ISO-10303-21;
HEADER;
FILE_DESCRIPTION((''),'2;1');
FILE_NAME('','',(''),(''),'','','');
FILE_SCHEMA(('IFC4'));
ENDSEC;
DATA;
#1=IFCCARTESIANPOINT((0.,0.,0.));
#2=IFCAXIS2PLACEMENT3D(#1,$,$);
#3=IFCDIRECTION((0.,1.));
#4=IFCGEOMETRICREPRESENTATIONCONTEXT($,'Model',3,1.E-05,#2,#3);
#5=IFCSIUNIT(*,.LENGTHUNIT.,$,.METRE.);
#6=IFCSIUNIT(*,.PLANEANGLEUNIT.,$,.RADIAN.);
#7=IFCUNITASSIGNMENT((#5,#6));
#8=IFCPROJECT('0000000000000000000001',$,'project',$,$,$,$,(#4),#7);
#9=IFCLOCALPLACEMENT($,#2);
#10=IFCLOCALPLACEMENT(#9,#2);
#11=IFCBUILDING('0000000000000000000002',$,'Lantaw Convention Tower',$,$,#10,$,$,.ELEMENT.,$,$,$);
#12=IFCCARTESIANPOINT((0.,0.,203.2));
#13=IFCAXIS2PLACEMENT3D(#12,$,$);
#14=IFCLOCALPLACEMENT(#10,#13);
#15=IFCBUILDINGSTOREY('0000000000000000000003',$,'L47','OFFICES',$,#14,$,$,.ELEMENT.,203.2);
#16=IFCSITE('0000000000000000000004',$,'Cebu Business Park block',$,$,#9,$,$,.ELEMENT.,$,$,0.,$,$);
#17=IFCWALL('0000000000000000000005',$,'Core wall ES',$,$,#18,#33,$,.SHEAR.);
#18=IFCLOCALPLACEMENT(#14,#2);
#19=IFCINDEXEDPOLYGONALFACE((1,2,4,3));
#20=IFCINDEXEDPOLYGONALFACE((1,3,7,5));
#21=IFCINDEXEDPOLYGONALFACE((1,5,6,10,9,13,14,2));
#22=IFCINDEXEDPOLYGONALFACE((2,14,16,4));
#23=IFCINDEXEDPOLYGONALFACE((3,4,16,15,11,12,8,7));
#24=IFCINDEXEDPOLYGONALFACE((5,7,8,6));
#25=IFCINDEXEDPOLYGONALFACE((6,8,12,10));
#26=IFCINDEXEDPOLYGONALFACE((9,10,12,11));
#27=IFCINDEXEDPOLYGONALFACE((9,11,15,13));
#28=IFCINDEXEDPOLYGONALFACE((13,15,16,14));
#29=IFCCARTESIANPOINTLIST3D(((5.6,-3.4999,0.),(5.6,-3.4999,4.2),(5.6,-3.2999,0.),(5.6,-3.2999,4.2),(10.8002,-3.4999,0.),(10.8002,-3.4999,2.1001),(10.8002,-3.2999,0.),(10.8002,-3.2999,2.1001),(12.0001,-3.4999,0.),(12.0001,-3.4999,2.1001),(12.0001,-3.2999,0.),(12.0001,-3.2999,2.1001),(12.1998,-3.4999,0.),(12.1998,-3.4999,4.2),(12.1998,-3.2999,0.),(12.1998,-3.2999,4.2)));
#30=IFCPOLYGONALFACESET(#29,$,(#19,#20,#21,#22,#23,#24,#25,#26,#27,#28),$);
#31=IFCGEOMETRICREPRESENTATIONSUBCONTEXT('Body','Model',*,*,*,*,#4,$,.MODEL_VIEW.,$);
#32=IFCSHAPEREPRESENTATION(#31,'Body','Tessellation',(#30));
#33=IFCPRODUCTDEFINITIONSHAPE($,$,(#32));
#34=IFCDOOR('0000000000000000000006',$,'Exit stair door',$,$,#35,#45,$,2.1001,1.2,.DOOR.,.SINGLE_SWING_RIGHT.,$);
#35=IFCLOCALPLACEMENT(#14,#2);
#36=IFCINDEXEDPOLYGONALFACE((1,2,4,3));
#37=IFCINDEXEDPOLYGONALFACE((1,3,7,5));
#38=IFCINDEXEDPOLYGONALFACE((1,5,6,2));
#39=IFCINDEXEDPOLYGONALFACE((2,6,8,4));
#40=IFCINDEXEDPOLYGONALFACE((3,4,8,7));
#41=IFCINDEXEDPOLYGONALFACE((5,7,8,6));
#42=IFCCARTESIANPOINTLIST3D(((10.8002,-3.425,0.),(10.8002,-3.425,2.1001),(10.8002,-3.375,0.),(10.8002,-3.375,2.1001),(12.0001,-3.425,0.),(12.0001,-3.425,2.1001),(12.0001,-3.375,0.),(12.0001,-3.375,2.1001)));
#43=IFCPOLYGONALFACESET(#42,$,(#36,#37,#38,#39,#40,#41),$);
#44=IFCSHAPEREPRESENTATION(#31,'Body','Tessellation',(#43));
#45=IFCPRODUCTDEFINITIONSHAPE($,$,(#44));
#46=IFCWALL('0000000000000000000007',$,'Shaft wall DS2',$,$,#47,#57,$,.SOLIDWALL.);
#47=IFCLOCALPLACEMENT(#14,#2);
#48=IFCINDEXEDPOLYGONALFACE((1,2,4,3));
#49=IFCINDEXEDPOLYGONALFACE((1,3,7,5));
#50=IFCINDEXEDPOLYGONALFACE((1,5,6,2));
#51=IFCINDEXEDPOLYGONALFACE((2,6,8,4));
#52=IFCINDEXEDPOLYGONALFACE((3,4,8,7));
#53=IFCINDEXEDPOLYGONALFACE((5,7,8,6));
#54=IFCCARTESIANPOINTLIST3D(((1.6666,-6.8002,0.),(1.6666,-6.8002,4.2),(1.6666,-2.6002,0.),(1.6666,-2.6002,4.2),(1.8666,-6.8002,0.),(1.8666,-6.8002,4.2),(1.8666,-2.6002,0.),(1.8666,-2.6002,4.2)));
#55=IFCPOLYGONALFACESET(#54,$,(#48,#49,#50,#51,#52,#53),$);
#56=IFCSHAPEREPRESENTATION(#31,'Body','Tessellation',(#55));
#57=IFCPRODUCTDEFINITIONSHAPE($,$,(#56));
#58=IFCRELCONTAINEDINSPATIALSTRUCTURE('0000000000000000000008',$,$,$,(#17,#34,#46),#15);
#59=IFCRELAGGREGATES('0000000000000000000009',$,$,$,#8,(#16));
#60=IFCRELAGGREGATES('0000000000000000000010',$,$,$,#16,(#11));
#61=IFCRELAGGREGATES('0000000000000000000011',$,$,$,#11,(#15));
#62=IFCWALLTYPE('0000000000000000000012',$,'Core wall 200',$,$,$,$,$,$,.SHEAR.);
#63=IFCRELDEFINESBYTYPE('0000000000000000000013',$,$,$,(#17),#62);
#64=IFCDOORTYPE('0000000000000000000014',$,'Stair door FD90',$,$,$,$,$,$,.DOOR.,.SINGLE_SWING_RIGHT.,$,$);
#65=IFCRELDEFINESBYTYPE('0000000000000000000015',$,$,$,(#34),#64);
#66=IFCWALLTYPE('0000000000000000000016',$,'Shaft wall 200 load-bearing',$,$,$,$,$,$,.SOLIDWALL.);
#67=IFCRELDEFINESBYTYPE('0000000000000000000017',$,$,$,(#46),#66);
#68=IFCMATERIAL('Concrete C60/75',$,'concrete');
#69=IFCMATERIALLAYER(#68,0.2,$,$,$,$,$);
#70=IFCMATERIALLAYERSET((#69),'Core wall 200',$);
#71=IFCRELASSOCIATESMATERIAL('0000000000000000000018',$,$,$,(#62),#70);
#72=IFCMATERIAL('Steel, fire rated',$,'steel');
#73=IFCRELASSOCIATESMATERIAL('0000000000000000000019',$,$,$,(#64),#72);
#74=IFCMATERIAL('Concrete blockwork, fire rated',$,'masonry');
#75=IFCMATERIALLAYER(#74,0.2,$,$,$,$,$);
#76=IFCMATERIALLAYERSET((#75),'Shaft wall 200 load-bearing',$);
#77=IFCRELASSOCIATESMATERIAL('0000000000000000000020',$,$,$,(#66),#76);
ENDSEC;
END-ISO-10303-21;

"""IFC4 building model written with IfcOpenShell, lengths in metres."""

from ifc_helpers import new_model, si_unit, direction, frame, frame_2d, origin, place, context, subcontext, project, spatial, rectangle, extrude, material, layer, layer_set, type_object, element, fill, save


model = new_model("IFC4")

# Units and contexts
model_context = context("Model", 3, precision=1e-05, world=origin(), true_north=direction((0.0, 1.0)))
body_context = subcontext(model_context, "Body", "Model", "MODEL_VIEW")
ifc_project = project(units=[si_unit("LENGTHUNIT", "METRE"), si_unit("PLANEANGLEUNIT", "RADIAN")], contexts=[model_context])

# Site, building, storey
site_placement = place(None, origin())
site = spatial("IfcSite", under=ifc_project, at=site_placement, Name="Cebu Business Park block", CompositionType="ELEMENT", RefElevation=0.0)
building_placement = place(site_placement, origin())
building = spatial("IfcBuilding", under=site, at=building_placement, Name="Lantaw Convention Tower", CompositionType="ELEMENT")
storey_placement = place(building_placement, frame((0.0, 0.0, 203.2)))
storey = spatial("IfcBuildingStorey", under=building, at=storey_placement, Name="L47", Description="OFFICES", CompositionType="ELEMENT", Elevation=203.2)

# Wall, opening, door
ifc_material_1 = material(Name="Concrete C60/75", Category="concrete")
ifc_layer_1 = layer(ifc_material_1, 0.2)
ifc_layer_set_1 = layer_set([ifc_layer_1], Name="Core wall 200")
wall_type_1 = type_object("IfcWallType", Name="Core wall 200", PredefinedType="SHEAR", material=ifc_layer_set_1)
wall_1_placement = place(storey_placement, frame((5.6001, -3.3999, 0.0), z_axis=(0.0, 0.0, 1.0), x_axis=(1.0, 0.0, 0.0)))
wall_1 = element("IfcWall", 1, at=wall_1_placement, inside=storey, type_object=wall_type_1, Name="Core wall ES", PredefinedType="SHEAR", context=body_context, shape_type="SweptSolid", body=[
    extrude(rectangle(XDim=6.5999, YDim=0.2, at=frame_2d((3.2998, 0.0))), origin(), (0.0, 0.0, 1.0), 4.2),
])
opening_placement = place(wall_1_placement, frame((5.2, 0.0, 0.0)))
opening = element("IfcOpeningElement", 2, at=opening_placement, cuts=wall_1, PredefinedType="OPENING", context=body_context, shape_type="SweptSolid", body=[
    extrude(rectangle(XDim=1.2, YDim=2.1001, at=frame_2d((0.6001, 1.05))), frame((0.0, 0.1099, 0.0), z_axis=(0.0, -1.0, 0.0), x_axis=(1.0, 0.0, 0.0)), (0.0, 0.0, 1.0), 0.22),
])
ifc_material_2 = material(Name="Steel, fire rated", Category="steel")
door_type = type_object("IfcDoorType", Name="Stair door FD90", OperationType="SINGLE_SWING_RIGHT", PredefinedType="DOOR", material=ifc_material_2)
door_placement = place(opening_placement, origin())
door = element("IfcDoor", 3, at=door_placement, inside=storey, type_object=door_type, Name="Exit stair door", OperationType="SINGLE_SWING_RIGHT", OverallHeight=2.1001, OverallWidth=1.2, PredefinedType="DOOR", context=body_context, shape_type="SweptSolid", body=[
    extrude(rectangle(XDim=1.2, YDim=2.1001, at=frame_2d((0.6001, 1.05))), frame((0.0, 0.0249, 0.0), z_axis=(0.0, -1.0, 0.0), x_axis=(1.0, 0.0, 0.0)), (0.0, 0.0, 1.0), 0.05),
])
fill(opening, door)

# Wall
ifc_material_3 = material(Name="Concrete blockwork, fire rated", Category="masonry")
ifc_layer_2 = layer(ifc_material_3, 0.2)
ifc_layer_set_2 = layer_set([ifc_layer_2], Name="Shaft wall 200 load-bearing")
wall_type_2 = type_object("IfcWallType", Name="Shaft wall 200 load-bearing", PredefinedType="SOLIDWALL", material=ifc_layer_set_2)
wall_2_placement = place(storey_placement, frame((1.7666, -2.6001, 0.0), z_axis=(0.0, 0.0, 1.0), x_axis=(0.0, -1.0, 0.0)))
element("IfcWall", 4, at=wall_2_placement, inside=storey, type_object=wall_type_2, Name="Shaft wall DS2", PredefinedType="SOLIDWALL", context=body_context, shape_type="SweptSolid", body=[
    extrude(rectangle(XDim=4.2, YDim=0.2, at=frame_2d((2.1001, 0.0))), origin(), (0.0, 0.0, 1.0), 4.2),
])

save(model, "model.ifc")
